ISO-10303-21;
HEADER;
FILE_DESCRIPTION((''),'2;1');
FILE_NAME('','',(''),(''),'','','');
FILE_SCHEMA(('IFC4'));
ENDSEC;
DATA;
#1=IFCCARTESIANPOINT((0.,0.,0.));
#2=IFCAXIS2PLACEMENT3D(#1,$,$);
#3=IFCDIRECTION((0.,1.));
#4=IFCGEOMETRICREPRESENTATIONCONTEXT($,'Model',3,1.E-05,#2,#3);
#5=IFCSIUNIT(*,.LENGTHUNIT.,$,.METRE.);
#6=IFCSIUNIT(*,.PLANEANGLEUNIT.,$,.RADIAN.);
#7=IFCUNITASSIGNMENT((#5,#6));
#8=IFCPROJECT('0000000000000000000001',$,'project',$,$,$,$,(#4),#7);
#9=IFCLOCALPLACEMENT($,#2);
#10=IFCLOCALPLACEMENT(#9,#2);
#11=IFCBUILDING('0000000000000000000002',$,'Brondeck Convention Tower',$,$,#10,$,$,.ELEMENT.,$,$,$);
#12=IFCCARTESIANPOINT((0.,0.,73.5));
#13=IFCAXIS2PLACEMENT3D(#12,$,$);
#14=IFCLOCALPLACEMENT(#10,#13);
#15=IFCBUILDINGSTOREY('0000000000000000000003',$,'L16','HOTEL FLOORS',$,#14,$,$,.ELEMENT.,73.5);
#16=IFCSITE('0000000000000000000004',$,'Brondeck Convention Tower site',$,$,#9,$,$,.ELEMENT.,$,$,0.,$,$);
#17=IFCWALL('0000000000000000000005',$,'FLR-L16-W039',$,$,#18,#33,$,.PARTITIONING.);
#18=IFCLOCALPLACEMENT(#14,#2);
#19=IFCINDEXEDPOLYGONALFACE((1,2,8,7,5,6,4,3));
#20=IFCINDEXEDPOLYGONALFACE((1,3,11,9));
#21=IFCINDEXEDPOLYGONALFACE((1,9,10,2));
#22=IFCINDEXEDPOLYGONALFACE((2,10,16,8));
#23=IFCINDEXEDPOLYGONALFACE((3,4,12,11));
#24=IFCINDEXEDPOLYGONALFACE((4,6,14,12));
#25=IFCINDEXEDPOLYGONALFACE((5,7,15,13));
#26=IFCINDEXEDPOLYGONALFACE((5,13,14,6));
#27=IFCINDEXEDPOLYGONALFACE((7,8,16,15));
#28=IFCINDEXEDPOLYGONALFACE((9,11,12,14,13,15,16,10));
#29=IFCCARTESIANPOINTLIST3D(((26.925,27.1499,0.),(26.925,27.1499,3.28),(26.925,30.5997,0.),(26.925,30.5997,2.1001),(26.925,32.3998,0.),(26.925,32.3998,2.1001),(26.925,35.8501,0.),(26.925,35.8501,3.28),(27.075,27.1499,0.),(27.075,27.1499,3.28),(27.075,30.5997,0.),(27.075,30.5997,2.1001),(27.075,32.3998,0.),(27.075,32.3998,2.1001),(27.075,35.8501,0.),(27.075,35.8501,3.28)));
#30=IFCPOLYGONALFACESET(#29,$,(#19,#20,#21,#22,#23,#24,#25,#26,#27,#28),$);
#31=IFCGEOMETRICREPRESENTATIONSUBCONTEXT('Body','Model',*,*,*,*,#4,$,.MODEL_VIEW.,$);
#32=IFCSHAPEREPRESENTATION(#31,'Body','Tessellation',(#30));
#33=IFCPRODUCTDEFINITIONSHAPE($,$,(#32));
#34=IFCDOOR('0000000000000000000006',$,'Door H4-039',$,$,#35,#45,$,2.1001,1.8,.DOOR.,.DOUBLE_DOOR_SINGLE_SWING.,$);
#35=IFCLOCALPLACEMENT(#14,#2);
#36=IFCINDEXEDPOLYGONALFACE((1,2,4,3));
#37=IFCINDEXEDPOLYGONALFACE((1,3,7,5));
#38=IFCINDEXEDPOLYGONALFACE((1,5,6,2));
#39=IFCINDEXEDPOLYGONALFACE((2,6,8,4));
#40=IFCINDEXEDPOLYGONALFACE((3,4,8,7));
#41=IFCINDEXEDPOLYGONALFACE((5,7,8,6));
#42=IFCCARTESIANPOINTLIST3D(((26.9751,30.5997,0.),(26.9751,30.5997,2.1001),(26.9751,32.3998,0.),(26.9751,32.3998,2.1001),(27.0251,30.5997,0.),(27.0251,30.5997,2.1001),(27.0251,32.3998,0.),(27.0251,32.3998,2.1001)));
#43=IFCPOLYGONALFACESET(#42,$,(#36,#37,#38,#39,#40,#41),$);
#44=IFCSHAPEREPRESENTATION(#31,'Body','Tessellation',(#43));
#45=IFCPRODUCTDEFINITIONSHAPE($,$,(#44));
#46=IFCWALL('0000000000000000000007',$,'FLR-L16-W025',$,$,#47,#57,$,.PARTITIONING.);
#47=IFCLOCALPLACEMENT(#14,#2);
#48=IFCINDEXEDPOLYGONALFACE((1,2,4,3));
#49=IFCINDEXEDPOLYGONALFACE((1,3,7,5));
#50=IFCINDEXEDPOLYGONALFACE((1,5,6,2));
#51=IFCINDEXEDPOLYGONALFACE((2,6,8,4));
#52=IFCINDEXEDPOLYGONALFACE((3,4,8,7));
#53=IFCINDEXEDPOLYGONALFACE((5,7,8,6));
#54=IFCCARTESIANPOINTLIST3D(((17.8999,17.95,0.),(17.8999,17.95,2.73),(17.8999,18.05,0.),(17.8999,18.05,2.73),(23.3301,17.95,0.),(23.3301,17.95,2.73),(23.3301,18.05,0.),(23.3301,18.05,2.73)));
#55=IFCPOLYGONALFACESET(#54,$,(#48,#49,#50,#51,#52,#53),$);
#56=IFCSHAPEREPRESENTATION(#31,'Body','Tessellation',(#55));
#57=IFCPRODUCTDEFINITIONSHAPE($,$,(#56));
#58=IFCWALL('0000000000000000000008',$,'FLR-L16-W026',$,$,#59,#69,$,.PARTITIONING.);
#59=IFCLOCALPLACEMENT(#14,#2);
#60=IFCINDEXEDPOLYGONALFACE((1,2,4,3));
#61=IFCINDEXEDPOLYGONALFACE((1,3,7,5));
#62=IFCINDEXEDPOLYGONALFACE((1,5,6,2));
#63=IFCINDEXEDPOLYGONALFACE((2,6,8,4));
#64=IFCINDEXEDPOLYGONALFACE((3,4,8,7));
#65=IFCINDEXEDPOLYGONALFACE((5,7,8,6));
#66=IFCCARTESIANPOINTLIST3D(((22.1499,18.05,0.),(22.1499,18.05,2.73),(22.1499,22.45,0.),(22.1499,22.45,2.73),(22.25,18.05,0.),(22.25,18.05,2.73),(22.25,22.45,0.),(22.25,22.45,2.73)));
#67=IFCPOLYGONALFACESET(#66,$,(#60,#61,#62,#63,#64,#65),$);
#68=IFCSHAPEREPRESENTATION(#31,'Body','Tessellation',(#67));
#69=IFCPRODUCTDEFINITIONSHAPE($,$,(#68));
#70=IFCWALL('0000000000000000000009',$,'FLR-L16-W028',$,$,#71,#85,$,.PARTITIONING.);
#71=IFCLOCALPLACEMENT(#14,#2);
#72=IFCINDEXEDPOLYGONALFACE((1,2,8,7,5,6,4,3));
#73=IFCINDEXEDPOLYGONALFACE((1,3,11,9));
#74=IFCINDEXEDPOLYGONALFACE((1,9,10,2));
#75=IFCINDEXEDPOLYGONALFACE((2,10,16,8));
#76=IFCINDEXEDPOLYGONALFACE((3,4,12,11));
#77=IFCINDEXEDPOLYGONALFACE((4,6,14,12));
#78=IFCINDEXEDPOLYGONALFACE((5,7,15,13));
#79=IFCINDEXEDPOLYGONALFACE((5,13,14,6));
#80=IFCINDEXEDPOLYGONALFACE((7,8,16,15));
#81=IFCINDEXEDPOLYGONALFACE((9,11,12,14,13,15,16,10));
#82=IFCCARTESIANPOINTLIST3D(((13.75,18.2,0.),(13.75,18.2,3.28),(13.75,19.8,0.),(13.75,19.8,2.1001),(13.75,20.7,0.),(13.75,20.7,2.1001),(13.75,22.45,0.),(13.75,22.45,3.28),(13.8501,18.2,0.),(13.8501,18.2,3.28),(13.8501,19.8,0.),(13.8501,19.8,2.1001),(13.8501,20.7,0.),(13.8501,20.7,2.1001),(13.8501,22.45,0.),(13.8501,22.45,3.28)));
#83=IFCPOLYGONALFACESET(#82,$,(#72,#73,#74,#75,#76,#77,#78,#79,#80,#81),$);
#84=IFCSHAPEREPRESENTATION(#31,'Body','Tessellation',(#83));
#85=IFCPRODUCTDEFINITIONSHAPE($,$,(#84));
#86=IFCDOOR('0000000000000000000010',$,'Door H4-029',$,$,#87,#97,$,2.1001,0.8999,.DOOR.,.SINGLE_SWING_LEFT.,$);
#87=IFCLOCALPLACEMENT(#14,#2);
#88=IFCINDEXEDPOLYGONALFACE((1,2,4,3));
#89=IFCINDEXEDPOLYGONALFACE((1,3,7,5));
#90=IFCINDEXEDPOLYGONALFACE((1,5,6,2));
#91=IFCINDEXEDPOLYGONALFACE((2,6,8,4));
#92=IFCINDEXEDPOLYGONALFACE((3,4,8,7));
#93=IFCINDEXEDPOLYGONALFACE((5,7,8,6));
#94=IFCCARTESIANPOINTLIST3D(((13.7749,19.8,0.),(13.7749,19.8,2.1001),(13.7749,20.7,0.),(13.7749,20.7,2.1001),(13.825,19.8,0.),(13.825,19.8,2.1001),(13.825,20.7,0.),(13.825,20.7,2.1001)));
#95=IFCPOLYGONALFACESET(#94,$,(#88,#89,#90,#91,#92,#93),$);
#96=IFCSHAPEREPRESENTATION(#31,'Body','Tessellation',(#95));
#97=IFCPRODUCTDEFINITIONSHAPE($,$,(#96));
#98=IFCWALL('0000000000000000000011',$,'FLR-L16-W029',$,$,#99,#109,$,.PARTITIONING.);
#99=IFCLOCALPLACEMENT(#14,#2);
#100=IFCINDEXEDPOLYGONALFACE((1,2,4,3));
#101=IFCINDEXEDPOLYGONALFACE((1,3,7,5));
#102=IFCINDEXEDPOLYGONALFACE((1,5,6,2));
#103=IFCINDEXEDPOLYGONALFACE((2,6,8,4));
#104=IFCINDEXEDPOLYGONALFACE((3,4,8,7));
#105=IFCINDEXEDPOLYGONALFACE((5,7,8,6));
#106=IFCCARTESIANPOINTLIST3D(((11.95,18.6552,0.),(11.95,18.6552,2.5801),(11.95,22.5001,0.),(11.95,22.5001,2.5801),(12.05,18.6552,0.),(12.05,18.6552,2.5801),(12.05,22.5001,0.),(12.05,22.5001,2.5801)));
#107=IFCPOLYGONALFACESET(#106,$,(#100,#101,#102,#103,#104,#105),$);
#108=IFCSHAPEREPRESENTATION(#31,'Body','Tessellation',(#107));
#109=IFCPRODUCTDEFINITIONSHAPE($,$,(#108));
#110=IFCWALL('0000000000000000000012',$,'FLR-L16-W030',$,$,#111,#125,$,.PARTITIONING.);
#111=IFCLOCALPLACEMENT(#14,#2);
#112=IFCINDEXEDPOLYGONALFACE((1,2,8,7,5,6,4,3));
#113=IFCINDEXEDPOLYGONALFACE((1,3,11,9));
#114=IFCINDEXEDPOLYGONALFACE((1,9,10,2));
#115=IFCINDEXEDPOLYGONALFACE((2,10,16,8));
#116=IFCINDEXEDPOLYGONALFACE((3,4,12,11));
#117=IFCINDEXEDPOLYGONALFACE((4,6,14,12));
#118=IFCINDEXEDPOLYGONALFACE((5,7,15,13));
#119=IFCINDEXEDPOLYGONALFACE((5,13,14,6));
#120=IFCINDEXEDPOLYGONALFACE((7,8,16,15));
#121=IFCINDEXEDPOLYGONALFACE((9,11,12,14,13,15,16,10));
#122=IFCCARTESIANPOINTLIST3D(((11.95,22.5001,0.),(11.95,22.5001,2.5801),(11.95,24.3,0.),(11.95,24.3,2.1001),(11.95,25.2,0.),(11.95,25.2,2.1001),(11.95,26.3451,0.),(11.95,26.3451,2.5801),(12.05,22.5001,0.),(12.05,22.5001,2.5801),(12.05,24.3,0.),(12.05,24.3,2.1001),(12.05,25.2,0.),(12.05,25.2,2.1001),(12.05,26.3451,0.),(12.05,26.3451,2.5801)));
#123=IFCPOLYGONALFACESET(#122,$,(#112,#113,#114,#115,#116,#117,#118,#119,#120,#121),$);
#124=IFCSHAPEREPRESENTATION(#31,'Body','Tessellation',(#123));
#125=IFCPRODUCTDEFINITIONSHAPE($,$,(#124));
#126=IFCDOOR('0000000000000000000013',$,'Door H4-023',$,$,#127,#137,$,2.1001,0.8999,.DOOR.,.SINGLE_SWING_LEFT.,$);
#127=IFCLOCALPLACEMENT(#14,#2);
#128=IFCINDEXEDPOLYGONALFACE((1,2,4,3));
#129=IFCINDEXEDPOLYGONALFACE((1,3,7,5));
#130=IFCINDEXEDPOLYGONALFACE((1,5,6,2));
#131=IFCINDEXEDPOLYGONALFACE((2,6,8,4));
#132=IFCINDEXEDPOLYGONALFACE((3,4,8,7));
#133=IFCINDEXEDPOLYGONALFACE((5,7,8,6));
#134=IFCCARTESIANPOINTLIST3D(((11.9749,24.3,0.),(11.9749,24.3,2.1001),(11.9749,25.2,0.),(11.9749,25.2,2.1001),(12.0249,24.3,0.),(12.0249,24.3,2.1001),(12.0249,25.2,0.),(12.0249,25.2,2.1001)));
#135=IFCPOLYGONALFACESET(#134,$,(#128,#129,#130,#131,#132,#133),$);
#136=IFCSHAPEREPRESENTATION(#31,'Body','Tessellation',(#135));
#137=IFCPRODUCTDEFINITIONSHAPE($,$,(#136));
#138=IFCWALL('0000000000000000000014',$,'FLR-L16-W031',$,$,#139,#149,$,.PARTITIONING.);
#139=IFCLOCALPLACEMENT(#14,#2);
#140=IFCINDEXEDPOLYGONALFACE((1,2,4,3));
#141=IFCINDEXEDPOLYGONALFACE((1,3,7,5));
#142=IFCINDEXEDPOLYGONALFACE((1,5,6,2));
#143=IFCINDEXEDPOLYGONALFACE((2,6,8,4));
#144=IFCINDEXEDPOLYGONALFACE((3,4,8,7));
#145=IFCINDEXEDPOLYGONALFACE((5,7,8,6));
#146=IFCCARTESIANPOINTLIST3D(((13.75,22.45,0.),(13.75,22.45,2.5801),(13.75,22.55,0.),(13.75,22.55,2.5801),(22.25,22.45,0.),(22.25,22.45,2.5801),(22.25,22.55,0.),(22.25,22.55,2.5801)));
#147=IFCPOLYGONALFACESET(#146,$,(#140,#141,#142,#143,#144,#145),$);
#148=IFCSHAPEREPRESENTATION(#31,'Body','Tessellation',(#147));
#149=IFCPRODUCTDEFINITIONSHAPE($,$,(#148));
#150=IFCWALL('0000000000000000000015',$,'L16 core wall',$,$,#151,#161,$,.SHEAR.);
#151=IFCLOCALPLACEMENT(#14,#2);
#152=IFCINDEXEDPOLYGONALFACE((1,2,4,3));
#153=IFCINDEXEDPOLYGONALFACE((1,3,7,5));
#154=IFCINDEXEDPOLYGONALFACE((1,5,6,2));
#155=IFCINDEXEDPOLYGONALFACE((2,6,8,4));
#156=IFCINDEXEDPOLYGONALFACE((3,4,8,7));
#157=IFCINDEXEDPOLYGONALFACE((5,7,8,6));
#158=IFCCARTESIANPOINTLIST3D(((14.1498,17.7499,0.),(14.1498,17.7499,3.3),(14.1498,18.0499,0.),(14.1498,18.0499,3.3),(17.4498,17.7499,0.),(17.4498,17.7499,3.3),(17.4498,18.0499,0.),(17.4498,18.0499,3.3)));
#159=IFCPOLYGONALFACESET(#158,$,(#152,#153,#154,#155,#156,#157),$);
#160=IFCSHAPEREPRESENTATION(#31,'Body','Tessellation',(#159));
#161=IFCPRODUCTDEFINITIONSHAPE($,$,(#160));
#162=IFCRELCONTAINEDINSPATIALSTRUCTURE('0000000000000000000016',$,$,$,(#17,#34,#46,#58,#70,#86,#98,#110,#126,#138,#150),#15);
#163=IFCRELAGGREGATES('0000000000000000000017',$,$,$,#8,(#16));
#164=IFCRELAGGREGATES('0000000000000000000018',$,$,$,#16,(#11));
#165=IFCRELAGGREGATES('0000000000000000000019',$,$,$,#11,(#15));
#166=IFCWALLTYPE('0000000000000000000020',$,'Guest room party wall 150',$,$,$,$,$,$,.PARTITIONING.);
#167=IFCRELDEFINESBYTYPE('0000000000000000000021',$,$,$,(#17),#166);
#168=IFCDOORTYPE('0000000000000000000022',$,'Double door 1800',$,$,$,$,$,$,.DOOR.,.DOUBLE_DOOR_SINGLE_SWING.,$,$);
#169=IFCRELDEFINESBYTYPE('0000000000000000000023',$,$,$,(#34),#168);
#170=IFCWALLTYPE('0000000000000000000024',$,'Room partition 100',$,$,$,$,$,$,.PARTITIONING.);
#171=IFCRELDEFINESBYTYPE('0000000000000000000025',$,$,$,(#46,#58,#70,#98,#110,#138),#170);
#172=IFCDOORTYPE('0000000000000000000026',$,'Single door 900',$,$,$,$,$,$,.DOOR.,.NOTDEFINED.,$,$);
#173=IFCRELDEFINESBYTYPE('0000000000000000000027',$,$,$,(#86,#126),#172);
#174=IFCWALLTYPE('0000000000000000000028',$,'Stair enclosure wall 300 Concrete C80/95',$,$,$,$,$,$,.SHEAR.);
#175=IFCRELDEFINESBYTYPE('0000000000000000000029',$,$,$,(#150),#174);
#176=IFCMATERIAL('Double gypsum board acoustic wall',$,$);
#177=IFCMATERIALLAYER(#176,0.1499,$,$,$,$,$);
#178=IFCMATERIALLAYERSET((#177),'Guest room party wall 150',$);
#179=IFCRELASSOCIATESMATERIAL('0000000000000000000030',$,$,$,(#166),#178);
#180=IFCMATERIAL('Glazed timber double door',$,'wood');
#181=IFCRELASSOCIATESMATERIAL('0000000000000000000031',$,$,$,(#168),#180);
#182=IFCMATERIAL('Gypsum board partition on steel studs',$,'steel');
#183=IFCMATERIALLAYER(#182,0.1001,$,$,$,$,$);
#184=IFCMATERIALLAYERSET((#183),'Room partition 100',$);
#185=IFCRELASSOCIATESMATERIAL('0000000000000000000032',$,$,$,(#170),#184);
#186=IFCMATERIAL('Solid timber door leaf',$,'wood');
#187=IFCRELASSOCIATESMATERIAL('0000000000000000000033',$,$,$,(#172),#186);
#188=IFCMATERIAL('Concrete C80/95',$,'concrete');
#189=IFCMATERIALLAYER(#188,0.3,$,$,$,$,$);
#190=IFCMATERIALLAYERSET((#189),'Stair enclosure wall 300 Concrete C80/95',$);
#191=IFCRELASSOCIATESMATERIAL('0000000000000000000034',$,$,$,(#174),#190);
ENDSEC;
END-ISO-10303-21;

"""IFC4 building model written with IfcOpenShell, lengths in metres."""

from ifc_helpers import new_model, si_unit, direction, frame, frame_2d, origin, place, context, subcontext, project, spatial, rectangle, extrude, material, layer, layer_set, type_object, element, fill, save


model = new_model("IFC4")

# Units and contexts
model_context = context("Model", 3, precision=1e-05, world=origin(), true_north=direction((0.0, 1.0)))
body_context = subcontext(model_context, "Body", "Model", "MODEL_VIEW")
ifc_project = project(units=[si_unit("LENGTHUNIT", "METRE"), si_unit("PLANEANGLEUNIT", "RADIAN")], contexts=[model_context])

# Site, building, storey
site_placement = place(None, origin())
site = spatial("IfcSite", under=ifc_project, at=site_placement, Name="Brondeck Convention Tower site", CompositionType="ELEMENT", RefElevation=0.0)
building_placement = place(site_placement, origin())
building = spatial("IfcBuilding", under=site, at=building_placement, Name="Brondeck Convention Tower", CompositionType="ELEMENT")
storey_placement = place(building_placement, frame((0.0, 0.0, 73.5)))
storey = spatial("IfcBuildingStorey", under=building, at=storey_placement, Name="L16", Description="HOTEL FLOORS", CompositionType="ELEMENT", Elevation=73.5)

# Shared definitions
ifc_material_1 = material(Name="Concrete C80/95", Category="concrete")

# Shared definitions
ifc_material_2 = material(Name="Double gypsum board acoustic wall")
ifc_layer_1 = layer(ifc_material_2, 0.1499)
ifc_layer_set_1 = layer_set([ifc_layer_1], Name="Guest room party wall 150")
wall_type_1 = type_object("IfcWallType", Name="Guest room party wall 150", PredefinedType="PARTITIONING", material=ifc_layer_set_1)

# Wall, opening, door
wall_1_placement = place(storey_placement, frame((27.0, 27.1499, 0.0), z_axis=(0.0, 0.0, 1.0), x_axis=(0.0, 1.0, 0.0)))
wall_1 = element("IfcWall", 1, at=wall_1_placement, inside=storey, type_object=wall_type_1, Name="FLR-L16-W039", PredefinedType="PARTITIONING", context=body_context, shape_type="SweptSolid", body=[
    extrude(rectangle(XDim=8.7002, YDim=0.1499, at=frame_2d((4.3501, 0.0))), origin(), (0.0, 0.0, 1.0), 3.28),
])
opening_1_placement = place(wall_1_placement, frame((3.45, 0.0, 0.0)))
opening_1 = element("IfcOpeningElement", 2, at=opening_1_placement, cuts=wall_1, PredefinedType="OPENING", context=body_context, shape_type="SweptSolid", body=[
    extrude(rectangle(XDim=1.8, YDim=2.1001, at=frame_2d((0.8999, 1.05))), frame((0.0, 0.085, 0.0), z_axis=(0.0, -1.0, 0.0), x_axis=(1.0, 0.0, 0.0)), (0.0, 0.0, 1.0), 0.1699),
])
ifc_material_3 = material(Name="Glazed timber double door", Category="wood")
door_type_1 = type_object("IfcDoorType", Name="Double door 1800", OperationType="DOUBLE_DOOR_SINGLE_SWING", PredefinedType="DOOR", material=ifc_material_3)
door_1_placement = place(opening_1_placement, origin())
door_1 = element("IfcDoor", 3, at=door_1_placement, inside=storey, type_object=door_type_1, Name="Door H4-039", OperationType="DOUBLE_DOOR_SINGLE_SWING", OverallHeight=2.1001, OverallWidth=1.8, PredefinedType="DOOR", context=body_context, shape_type="SweptSolid", body=[
    extrude(rectangle(XDim=1.8, YDim=2.1001, at=frame_2d((0.8999, 1.05))), frame((0.0, 0.0249, 0.0), z_axis=(0.0, -1.0, 0.0), x_axis=(1.0, 0.0, 0.0)), (0.0, 0.0, 1.0), 0.05),
])
fill(opening_1, door_1)

# Walls
ifc_material_4 = material(Name="Gypsum board partition on steel studs", Category="steel")
ifc_layer_2 = layer(ifc_material_4, 0.1001)
ifc_layer_set_2 = layer_set([ifc_layer_2], Name="Room partition 100")
wall_type_2 = type_object("IfcWallType", Name="Room partition 100", PredefinedType="PARTITIONING", material=ifc_layer_set_2)
wall_2_placement = place(storey_placement, frame((23.3301, 18.0, 0.0), z_axis=(0.0, 0.0, 1.0), x_axis=(-1.0, 0.0, 0.0)))
element("IfcWall", 4, at=wall_2_placement, inside=storey, type_object=wall_type_2, Name="FLR-L16-W025", PredefinedType="PARTITIONING", context=body_context, shape_type="SweptSolid", body=[
    extrude(rectangle(XDim=5.4302, YDim=0.1001, at=frame_2d((2.7151, 0.0))), origin(), (0.0, 0.0, 1.0), 2.73),
])
wall_3_placement = place(storey_placement, frame((22.2, 18.05, 0.0), z_axis=(0.0, 0.0, 1.0), x_axis=(0.0, 1.0, 0.0)))
element("IfcWall", 5, at=wall_3_placement, inside=storey, type_object=wall_type_2, Name="FLR-L16-W026", PredefinedType="PARTITIONING", context=body_context, shape_type="SweptSolid", body=[
    extrude(rectangle(XDim=4.3999, YDim=0.1001, at=frame_2d((2.2, 0.0))), origin(), (0.0, 0.0, 1.0), 2.73),
])

# Wall, opening, door
wall_4_placement = place(storey_placement, frame((13.8, 22.45, 0.0), z_axis=(0.0, 0.0, 1.0), x_axis=(0.0, -1.0, 0.0)))
wall_4 = element("IfcWall", 6, at=wall_4_placement, inside=storey, type_object=wall_type_2, Name="FLR-L16-W028", PredefinedType="PARTITIONING", context=body_context, shape_type="SweptSolid", body=[
    extrude(rectangle(XDim=4.25, YDim=0.1001, at=frame_2d((2.125, 0.0))), origin(), (0.0, 0.0, 1.0), 3.28),
])
opening_2_placement = place(wall_4_placement, frame((1.75, 0.0, 0.0)))
opening_2 = element("IfcOpeningElement", 7, at=opening_2_placement, cuts=wall_4, PredefinedType="OPENING", context=body_context, shape_type="SweptSolid", body=[
    extrude(rectangle(XDim=0.8999, YDim=2.1001, at=frame_2d((0.45, 1.05))), frame((0.0, 0.0601, 0.0), z_axis=(0.0, -1.0, 0.0), x_axis=(1.0, 0.0, 0.0)), (0.0, 0.0, 1.0), 0.1201),
])
ifc_material_5 = material(Name="Solid timber door leaf", Category="wood")
door_type_2 = type_object("IfcDoorType", Name="Single door 900", OperationType="NOTDEFINED", PredefinedType="DOOR", material=ifc_material_5)
door_2_placement = place(opening_2_placement, origin())
door_2 = element("IfcDoor", 8, at=door_2_placement, inside=storey, type_object=door_type_2, Name="Door H4-029", OperationType="SINGLE_SWING_LEFT", OverallHeight=2.1001, OverallWidth=0.8999, PredefinedType="DOOR", context=body_context, shape_type="SweptSolid", body=[
    extrude(rectangle(XDim=0.8999, YDim=2.1001, at=frame_2d((0.45, 1.05))), frame((0.0, 0.0249, 0.0), z_axis=(0.0, -1.0, 0.0), x_axis=(1.0, 0.0, 0.0)), (0.0, 0.0, 1.0), 0.05),
])
fill(opening_2, door_2)

# Wall
wall_5_placement = place(storey_placement, frame((12.0, 22.5, 0.0), z_axis=(0.0, 0.0, 1.0), x_axis=(0.0, -1.0, 0.0)))
element("IfcWall", 9, at=wall_5_placement, inside=storey, type_object=wall_type_2, Name="FLR-L16-W029", PredefinedType="PARTITIONING", context=body_context, shape_type="SweptSolid", body=[
    extrude(rectangle(XDim=3.845, YDim=0.1001, at=frame_2d((1.9224, 0.0))), origin(), (0.0, 0.0, 1.0), 2.5801),
])

# Wall, opening, door
wall_6_placement = place(storey_placement, frame((12.0, 26.345, 0.0), z_axis=(0.0, 0.0, 1.0), x_axis=(0.0, -1.0, 0.0)))
wall_6 = element("IfcWall", 10, at=wall_6_placement, inside=storey, type_object=wall_type_2, Name="FLR-L16-W030", PredefinedType="PARTITIONING", context=body_context, shape_type="SweptSolid", body=[
    extrude(rectangle(XDim=3.845, YDim=0.1001, at=frame_2d((1.9224, 0.0))), origin(), (0.0, 0.0, 1.0), 2.5801),
])
opening_3_placement = place(wall_6_placement, frame((1.145, 0.0, 0.0)))
opening_3 = element("IfcOpeningElement", 11, at=opening_3_placement, cuts=wall_6, PredefinedType="OPENING", context=body_context, shape_type="SweptSolid", body=[
    extrude(rectangle(XDim=0.8999, YDim=2.1001, at=frame_2d((0.45, 1.05))), frame((0.0, 0.0601, 0.0), z_axis=(0.0, -1.0, 0.0), x_axis=(1.0, 0.0, 0.0)), (0.0, 0.0, 1.0), 0.1201),
])
door_3_placement = place(opening_3_placement, origin())
door_3 = element("IfcDoor", 12, at=door_3_placement, inside=storey, type_object=door_type_2, Name="Door H4-023", OperationType="SINGLE_SWING_LEFT", OverallHeight=2.1001, OverallWidth=0.8999, PredefinedType="DOOR", context=body_context, shape_type="SweptSolid", body=[
    extrude(rectangle(XDim=0.8999, YDim=2.1001, at=frame_2d((0.45, 1.05))), frame((0.0, 0.0249, 0.0), z_axis=(0.0, -1.0, 0.0), x_axis=(1.0, 0.0, 0.0)), (0.0, 0.0, 1.0), 0.05),
])
fill(opening_3, door_3)

# Walls
wall_7_placement = place(storey_placement, frame((22.25, 22.5, 0.0), z_axis=(0.0, 0.0, 1.0), x_axis=(-1.0, 0.0, 0.0)))
element("IfcWall", 13, at=wall_7_placement, inside=storey, type_object=wall_type_2, Name="FLR-L16-W031", PredefinedType="PARTITIONING", context=body_context, shape_type="SweptSolid", body=[
    extrude(rectangle(XDim=8.5, YDim=0.1001, at=frame_2d((4.25, 0.0))), origin(), (0.0, 0.0, 1.0), 2.5801),
])
ifc_layer_3 = layer(ifc_material_1, 0.3)
ifc_layer_set_3 = layer_set([ifc_layer_3], Name="Stair enclosure wall 300 Concrete C80/95")
wall_type_3 = type_object("IfcWallType", Name="Stair enclosure wall 300 Concrete C80/95", PredefinedType="SHEAR", material=ifc_layer_set_3)
wall_8_placement = place(storey_placement, frame((14.1499, 17.8999, 0.0), z_axis=(0.0, 0.0, 1.0), x_axis=(1.0, 0.0, 0.0)))
element("IfcWall", 14, at=wall_8_placement, inside=storey, type_object=wall_type_3, Name="L16 core wall", PredefinedType="SHEAR", context=body_context, shape_type="SweptSolid", body=[
    extrude(rectangle(XDim=3.3, YDim=0.3, at=frame_2d((1.6499, 0.0))), origin(), (0.0, 0.0, 1.0), 3.3),
])

save(model, "model.ifc")
